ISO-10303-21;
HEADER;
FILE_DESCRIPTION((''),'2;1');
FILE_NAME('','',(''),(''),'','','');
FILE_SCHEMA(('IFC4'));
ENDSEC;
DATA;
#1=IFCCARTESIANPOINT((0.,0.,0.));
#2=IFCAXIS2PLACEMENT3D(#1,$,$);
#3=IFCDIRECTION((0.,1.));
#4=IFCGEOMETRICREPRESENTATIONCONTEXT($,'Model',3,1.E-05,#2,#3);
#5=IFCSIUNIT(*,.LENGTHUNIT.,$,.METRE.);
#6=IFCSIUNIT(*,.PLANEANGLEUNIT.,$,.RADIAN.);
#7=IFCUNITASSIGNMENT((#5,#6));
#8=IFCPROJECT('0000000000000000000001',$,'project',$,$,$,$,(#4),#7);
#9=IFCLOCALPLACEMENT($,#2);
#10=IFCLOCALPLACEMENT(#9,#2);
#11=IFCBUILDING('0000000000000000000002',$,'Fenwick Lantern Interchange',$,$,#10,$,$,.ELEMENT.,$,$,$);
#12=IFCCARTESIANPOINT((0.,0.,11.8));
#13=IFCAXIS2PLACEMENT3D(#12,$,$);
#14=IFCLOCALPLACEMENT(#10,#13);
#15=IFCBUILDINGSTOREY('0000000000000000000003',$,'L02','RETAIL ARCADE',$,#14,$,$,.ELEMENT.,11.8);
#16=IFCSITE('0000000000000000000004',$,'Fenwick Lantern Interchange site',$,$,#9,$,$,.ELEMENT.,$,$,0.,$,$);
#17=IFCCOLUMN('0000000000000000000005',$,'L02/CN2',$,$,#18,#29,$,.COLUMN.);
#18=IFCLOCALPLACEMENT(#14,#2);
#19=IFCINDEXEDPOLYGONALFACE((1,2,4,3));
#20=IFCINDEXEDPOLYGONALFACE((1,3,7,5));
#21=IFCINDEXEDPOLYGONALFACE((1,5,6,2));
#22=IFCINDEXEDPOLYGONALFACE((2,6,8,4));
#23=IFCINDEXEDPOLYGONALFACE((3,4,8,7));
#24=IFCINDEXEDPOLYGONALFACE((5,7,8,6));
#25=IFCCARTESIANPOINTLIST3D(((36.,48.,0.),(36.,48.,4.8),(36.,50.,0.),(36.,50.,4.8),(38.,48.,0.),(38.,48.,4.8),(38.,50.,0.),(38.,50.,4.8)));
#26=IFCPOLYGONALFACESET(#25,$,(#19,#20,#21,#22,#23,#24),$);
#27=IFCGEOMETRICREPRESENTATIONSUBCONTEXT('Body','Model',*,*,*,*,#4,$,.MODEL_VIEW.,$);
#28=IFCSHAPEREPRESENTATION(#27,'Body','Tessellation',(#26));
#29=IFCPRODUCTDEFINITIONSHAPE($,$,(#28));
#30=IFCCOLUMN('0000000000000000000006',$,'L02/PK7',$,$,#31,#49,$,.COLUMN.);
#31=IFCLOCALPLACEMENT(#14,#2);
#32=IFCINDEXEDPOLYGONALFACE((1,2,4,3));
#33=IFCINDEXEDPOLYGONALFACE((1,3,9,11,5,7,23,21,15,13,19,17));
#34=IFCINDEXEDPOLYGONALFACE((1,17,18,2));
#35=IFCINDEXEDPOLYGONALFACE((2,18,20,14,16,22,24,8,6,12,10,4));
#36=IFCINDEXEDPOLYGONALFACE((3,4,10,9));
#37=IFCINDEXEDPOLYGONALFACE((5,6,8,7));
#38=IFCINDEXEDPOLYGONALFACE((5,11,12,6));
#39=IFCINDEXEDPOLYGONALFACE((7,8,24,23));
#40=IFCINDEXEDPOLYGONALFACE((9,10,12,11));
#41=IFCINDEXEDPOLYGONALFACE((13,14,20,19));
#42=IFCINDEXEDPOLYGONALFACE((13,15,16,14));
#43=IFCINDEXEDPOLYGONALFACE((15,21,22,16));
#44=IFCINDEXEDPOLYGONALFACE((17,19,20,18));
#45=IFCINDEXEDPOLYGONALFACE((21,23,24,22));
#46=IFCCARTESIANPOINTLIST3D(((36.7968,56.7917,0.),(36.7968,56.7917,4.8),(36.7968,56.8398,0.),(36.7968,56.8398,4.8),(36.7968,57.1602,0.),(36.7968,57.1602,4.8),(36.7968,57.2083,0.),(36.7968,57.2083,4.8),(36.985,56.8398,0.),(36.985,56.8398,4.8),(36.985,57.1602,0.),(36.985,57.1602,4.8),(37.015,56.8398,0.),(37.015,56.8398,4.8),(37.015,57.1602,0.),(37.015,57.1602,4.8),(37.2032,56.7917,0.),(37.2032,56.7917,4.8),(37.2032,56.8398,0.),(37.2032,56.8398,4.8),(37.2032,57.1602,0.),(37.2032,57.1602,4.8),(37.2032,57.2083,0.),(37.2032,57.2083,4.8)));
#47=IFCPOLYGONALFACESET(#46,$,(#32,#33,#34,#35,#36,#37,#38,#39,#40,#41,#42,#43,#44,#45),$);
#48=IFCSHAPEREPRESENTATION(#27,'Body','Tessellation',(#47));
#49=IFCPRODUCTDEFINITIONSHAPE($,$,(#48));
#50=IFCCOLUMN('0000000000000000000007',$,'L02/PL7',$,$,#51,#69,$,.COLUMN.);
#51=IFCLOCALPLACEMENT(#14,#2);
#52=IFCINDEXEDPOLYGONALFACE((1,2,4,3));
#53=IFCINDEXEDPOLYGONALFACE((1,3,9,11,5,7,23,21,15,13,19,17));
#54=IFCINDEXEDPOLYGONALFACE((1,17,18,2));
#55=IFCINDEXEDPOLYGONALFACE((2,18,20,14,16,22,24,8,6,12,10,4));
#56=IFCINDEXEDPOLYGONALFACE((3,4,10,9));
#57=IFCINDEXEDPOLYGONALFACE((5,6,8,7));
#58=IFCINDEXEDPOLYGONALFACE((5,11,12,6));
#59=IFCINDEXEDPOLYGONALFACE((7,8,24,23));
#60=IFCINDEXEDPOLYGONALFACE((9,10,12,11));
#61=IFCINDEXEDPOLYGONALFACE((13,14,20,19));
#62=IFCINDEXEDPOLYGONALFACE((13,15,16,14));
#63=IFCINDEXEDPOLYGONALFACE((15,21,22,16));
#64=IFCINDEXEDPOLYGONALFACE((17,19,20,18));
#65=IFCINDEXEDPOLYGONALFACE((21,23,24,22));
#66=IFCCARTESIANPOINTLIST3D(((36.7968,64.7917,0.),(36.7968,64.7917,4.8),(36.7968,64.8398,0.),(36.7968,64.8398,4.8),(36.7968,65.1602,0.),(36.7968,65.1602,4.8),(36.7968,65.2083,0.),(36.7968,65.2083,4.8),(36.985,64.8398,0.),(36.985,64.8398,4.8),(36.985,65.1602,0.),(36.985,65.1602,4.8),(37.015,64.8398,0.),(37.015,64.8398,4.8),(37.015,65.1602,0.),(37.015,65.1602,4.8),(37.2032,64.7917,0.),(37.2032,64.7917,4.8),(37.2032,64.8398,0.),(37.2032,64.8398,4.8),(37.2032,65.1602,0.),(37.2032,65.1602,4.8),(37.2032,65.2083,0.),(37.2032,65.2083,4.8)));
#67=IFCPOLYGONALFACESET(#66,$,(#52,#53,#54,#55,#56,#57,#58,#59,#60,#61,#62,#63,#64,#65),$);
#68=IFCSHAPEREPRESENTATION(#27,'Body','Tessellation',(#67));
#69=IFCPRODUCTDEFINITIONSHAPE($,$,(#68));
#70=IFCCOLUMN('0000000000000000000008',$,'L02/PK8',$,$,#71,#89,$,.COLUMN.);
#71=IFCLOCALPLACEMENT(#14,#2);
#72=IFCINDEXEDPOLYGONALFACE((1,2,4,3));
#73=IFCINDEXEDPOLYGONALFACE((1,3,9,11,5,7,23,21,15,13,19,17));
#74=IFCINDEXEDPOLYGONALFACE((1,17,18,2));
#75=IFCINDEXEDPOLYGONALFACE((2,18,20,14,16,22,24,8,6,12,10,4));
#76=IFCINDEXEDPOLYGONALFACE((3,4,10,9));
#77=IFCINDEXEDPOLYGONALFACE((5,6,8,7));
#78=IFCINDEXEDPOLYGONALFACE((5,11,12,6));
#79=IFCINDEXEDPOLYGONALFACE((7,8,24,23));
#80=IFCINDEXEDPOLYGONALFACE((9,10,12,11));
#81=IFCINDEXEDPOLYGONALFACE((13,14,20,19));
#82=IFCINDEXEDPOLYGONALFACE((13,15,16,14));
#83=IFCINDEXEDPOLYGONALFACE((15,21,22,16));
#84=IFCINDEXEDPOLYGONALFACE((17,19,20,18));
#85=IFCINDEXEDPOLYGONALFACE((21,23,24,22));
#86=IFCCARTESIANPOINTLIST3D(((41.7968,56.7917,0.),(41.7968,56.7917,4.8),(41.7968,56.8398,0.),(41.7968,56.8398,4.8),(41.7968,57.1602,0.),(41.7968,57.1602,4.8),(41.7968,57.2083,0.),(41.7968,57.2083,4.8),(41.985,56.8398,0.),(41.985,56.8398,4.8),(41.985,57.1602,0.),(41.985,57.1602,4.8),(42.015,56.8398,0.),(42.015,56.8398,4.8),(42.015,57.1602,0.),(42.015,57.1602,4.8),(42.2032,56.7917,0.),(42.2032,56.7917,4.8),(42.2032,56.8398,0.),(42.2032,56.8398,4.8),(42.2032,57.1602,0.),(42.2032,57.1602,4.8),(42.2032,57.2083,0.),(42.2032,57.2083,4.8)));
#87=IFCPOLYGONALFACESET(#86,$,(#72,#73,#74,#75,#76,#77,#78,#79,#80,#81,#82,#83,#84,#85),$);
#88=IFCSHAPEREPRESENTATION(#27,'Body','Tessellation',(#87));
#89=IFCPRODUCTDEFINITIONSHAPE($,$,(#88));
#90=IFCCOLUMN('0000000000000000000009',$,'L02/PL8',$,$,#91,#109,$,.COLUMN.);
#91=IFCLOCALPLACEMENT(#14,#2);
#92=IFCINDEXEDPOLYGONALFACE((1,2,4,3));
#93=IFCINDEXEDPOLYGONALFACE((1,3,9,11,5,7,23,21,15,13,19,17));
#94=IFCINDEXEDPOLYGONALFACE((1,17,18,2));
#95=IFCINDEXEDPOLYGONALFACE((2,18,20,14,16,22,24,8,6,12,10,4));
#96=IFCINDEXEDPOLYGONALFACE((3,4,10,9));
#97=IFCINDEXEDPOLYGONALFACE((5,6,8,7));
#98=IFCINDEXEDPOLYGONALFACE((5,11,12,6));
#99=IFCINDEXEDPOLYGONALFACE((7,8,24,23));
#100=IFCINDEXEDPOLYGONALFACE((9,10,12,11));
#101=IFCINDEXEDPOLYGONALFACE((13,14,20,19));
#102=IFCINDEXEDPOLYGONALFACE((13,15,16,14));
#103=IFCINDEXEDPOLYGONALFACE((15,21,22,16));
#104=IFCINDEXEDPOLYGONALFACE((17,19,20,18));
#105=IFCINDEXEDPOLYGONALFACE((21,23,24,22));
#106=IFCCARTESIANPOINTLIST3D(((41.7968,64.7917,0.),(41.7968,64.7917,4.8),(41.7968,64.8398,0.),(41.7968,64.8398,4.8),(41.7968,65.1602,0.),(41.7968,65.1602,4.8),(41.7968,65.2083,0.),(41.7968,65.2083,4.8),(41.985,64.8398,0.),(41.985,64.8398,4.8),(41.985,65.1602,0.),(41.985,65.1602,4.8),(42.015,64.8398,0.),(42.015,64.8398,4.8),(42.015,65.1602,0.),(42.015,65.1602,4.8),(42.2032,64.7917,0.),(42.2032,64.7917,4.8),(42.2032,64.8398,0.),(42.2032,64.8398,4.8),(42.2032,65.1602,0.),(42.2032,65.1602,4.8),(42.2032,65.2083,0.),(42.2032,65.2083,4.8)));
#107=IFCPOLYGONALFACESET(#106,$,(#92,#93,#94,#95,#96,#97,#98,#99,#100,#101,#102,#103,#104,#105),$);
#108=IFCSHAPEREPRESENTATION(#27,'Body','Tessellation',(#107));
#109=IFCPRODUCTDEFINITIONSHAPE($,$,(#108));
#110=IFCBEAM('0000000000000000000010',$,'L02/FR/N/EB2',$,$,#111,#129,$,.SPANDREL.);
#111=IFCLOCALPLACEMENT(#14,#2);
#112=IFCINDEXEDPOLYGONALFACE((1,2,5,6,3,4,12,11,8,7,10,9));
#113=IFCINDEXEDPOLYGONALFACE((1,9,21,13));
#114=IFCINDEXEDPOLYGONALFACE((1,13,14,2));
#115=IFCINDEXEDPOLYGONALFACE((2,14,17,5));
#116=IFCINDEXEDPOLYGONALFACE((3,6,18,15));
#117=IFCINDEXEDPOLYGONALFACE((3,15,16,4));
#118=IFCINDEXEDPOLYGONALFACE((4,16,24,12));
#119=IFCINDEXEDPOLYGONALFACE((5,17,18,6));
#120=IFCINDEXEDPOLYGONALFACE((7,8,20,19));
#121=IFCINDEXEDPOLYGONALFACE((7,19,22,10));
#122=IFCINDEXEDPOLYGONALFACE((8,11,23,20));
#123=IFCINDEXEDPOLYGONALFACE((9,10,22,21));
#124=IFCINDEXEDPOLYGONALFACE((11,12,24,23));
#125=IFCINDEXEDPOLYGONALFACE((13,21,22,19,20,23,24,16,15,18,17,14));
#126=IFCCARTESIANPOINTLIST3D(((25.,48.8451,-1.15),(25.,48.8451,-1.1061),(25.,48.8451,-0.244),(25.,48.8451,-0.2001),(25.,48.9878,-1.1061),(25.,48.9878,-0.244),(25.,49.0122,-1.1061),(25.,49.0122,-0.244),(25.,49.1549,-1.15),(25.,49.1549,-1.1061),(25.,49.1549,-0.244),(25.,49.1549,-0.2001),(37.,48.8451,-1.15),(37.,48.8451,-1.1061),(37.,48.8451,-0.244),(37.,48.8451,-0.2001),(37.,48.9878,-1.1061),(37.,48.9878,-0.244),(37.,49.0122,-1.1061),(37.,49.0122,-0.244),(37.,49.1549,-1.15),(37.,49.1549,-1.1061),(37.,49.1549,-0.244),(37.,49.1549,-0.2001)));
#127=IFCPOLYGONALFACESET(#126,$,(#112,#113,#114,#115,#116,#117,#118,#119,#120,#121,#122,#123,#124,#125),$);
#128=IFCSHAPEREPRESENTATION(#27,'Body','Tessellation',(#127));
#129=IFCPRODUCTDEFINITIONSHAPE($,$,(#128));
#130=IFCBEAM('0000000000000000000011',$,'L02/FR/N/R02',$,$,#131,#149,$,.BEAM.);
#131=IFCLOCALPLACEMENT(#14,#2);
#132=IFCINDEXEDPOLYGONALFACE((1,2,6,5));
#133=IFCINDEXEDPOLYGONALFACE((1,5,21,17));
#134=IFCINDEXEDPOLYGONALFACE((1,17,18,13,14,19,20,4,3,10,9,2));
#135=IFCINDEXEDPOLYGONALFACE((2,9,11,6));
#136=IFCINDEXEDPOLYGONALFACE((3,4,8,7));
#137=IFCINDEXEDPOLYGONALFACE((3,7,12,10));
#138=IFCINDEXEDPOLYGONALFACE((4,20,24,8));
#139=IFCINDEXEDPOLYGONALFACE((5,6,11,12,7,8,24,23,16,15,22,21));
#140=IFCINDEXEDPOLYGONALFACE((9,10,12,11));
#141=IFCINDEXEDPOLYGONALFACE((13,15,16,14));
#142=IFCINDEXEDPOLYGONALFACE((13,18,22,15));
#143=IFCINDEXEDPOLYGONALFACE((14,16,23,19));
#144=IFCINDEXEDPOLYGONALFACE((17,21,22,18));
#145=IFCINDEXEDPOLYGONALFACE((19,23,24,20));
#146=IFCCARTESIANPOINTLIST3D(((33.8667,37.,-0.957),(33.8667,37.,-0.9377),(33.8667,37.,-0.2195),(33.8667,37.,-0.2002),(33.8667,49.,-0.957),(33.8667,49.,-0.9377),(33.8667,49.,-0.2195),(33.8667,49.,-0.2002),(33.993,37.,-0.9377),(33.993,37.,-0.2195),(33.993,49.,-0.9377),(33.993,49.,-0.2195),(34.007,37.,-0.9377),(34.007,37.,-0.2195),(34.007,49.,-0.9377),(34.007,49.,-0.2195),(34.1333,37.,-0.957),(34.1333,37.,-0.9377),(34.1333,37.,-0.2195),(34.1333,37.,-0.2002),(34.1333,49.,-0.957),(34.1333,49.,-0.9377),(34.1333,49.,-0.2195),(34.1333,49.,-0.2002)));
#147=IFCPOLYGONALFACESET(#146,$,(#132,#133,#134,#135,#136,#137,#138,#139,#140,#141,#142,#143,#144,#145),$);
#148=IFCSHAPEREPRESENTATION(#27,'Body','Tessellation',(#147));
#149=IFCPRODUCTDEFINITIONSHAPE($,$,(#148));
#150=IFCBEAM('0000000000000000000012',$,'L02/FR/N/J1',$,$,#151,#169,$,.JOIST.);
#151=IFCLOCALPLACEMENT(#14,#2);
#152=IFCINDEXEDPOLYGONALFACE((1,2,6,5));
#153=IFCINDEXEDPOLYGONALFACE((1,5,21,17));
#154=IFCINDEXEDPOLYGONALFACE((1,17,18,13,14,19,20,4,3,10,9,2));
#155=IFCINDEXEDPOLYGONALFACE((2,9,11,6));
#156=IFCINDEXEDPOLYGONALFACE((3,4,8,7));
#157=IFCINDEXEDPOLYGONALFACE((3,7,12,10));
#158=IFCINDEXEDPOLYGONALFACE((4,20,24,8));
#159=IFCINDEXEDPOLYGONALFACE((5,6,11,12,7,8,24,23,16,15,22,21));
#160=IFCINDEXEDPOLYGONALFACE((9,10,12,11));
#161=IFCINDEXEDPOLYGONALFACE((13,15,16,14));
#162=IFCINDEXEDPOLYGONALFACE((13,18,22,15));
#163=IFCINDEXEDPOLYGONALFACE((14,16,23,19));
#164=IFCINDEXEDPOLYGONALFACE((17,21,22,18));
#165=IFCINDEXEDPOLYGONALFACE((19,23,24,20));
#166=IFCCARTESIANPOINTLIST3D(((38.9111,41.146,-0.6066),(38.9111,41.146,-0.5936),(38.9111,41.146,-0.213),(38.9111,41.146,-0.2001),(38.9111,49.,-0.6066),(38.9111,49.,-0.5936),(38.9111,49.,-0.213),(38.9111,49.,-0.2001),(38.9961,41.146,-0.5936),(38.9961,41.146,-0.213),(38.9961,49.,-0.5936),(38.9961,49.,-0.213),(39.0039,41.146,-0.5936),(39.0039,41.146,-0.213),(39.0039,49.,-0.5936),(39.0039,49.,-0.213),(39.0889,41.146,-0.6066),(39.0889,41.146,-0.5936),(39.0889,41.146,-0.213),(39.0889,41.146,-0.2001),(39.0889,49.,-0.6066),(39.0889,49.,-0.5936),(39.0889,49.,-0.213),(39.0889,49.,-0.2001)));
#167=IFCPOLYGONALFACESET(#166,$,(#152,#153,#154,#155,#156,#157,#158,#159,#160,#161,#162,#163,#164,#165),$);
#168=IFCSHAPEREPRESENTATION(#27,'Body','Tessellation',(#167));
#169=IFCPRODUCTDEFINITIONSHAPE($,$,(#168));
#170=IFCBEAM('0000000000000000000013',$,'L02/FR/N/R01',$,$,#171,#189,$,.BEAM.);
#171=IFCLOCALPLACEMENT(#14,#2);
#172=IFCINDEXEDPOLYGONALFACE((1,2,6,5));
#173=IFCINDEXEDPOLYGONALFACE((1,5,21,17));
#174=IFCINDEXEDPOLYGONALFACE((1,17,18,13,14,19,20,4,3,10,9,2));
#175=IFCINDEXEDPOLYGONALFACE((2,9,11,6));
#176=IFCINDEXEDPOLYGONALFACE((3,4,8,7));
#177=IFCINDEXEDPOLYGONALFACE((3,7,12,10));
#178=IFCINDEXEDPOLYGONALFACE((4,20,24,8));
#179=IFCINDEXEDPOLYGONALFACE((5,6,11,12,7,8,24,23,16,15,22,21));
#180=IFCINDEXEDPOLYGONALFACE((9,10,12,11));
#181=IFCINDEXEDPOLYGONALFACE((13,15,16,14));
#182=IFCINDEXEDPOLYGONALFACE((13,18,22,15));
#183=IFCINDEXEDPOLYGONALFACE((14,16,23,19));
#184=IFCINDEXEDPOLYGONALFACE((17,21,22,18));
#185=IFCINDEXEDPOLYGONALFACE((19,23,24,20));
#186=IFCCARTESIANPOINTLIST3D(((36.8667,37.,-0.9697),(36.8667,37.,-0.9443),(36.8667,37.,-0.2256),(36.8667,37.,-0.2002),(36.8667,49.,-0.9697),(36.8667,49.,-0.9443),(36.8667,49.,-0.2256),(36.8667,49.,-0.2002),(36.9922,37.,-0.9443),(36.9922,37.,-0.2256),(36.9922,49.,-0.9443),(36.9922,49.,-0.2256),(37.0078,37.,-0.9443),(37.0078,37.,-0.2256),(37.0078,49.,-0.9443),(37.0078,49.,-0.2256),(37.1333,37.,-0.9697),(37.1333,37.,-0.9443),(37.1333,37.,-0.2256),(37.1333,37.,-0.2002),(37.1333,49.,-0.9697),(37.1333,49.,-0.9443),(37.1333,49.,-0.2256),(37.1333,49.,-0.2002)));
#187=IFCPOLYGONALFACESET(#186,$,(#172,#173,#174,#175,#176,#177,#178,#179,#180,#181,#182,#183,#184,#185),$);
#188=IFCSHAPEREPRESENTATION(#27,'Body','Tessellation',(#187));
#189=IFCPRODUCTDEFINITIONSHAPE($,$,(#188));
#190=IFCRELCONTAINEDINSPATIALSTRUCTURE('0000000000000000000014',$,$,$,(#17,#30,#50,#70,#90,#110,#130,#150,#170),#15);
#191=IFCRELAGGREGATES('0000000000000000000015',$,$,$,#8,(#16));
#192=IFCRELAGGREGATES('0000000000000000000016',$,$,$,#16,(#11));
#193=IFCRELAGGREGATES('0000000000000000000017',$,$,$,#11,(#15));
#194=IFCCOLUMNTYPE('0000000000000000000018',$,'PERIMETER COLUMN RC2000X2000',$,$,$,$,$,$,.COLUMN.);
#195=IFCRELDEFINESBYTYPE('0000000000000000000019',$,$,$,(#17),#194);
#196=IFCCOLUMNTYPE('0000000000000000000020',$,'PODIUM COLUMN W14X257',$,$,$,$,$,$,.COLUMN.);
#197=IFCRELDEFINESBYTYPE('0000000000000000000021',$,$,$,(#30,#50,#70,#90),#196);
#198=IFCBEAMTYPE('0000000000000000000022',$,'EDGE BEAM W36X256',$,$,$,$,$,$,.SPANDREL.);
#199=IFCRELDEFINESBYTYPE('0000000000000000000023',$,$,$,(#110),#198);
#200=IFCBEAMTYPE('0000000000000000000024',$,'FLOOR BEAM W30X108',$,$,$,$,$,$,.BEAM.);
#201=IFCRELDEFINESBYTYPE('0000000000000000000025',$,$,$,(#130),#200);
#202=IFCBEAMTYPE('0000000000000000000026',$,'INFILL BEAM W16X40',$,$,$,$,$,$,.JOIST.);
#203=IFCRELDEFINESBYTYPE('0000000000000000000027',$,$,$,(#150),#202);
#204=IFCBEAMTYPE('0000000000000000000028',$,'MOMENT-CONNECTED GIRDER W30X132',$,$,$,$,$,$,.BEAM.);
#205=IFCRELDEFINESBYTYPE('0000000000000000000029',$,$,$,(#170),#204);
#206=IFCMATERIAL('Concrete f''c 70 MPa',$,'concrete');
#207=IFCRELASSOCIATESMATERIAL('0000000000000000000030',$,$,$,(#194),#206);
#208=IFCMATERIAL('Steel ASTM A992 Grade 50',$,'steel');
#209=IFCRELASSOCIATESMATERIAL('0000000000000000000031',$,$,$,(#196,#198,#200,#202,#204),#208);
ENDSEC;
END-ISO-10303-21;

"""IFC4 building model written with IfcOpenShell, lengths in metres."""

from ifc_helpers import new_model, si_unit, direction, frame, origin, origin_2d, place, context, subcontext, project, spatial, rectangle, i_section, extrude, material, material_profile, profile_set, type_object, element, save


model = new_model("IFC4")

# Units and contexts
model_context = context("Model", 3, precision=1e-05, world=origin(), true_north=direction((0.0, 1.0)))
body_context = subcontext(model_context, "Body", "Model", "MODEL_VIEW")
ifc_project = project(units=[si_unit("LENGTHUNIT", "METRE"), si_unit("PLANEANGLEUNIT", "RADIAN")], contexts=[model_context])

# Site, building, storey
site_placement = place(None, origin())
site = spatial("IfcSite", under=ifc_project, at=site_placement, Name="Fenwick Lantern Interchange site", CompositionType="ELEMENT", RefElevation=0.0)
building_placement = place(site_placement, origin())
building = spatial("IfcBuilding", under=site, at=building_placement, Name="Fenwick Lantern Interchange", CompositionType="ELEMENT")
storey_placement = place(building_placement, frame((0.0, 0.0, 11.8)))
storey = spatial("IfcBuildingStorey", under=building, at=storey_placement, Name="L02", Description="RETAIL ARCADE", CompositionType="ELEMENT", Elevation=11.8)

# Columns
ifc_material_1 = material(Name="Concrete f'c 70 MPa", Category="concrete")
ifc_material_profile_1 = material_profile(ifc_material_1, rectangle(XDim=2.0, YDim=2.0, at=origin_2d()), Name="RC2000X2000")
ifc_profile_set_1 = profile_set([ifc_material_profile_1], Name="Concrete f'c 70 MPa")
column_type_1 = type_object("IfcColumnType", Name="PERIMETER COLUMN RC2000X2000", PredefinedType="COLUMN", material=ifc_profile_set_1)
column_placement = place(storey_placement, frame((37.0, 49.0, 0.0), z_axis=(0.0, 0.0, 1.0), x_axis=(1.0, 0.0, 0.0)))
element("IfcColumn", 1, at=column_placement, inside=storey, type_object=column_type_1, Name="L02/CN2", PredefinedType="COLUMN", context=body_context, shape_type="SweptSolid", body=[
    extrude(rectangle(XDim=2.0, YDim=2.0, at=origin_2d()), origin(), (0.0, 0.0, 1.0), 4.8),
])
ifc_material_2 = material(Name="Steel ASTM A992 Grade 50", Category="steel")
ifc_material_profile_2 = material_profile(ifc_material_2, i_section(OverallWidth=0.4065, OverallDepth=0.4165, WebThickness=0.03, FlangeThickness=0.0481, at=origin_2d()), Name="W14X257")
ifc_profile_set_2 = profile_set([ifc_material_profile_2], Name="Steel ASTM A992 Grade 50")
column_type_2 = type_object("IfcColumnType", Name="PODIUM COLUMN W14X257", PredefinedType="COLUMN", material=ifc_profile_set_2)
for number, where, z_axis, x_axis, name in (
    (2, (37.0, 57.0, 0.0), (0.0, 0.0, 1.0), (1.0, 0.0, 0.0), "L02/PK7"),
    (3, (37.0, 65.0, 0.0), (0.0, 0.0, 1.0), (1.0, 0.0, 0.0), "L02/PL7"),
    (4, (42.0, 57.0, 0.0), (0.0, 0.0, 1.0), (1.0, 0.0, 0.0), "L02/PK8"),
    (5, (42.0, 65.0, 0.0), (0.0, 0.0, 1.0), (1.0, 0.0, 0.0), "L02/PL8"),
):
    element("IfcColumn", number, at=place(storey_placement, frame(where, z_axis=z_axis, x_axis=x_axis)), inside=storey, type_object=column_type_2, Name=name, PredefinedType="COLUMN", context=body_context, shape_type="SweptSolid", body=[
        extrude(i_section(OverallWidth=0.4065, OverallDepth=0.4165, WebThickness=0.03, FlangeThickness=0.0481, at=origin_2d()), origin(), (0.0, 0.0, 1.0), 4.8),
    ])

# Beams
ifc_material_profile_3 = material_profile(ifc_material_2, i_section(OverallWidth=0.3098, OverallDepth=0.95, WebThickness=0.0244, FlangeThickness=0.0439, at=origin_2d()), Name="W36X256")
ifc_profile_set_3 = profile_set([ifc_material_profile_3], Name="Steel ASTM A992 Grade 50")
beam_type_1 = type_object("IfcBeamType", Name="EDGE BEAM W36X256", PredefinedType="SPANDREL", material=ifc_profile_set_3)
beam_1_placement = place(storey_placement, frame((37.0, 49.0, -0.675), z_axis=(-1.0, 0.0, 0.0), x_axis=(0.0, -1.0, 0.0)))
element("IfcBeam", 6, at=beam_1_placement, inside=storey, type_object=beam_type_1, Name="L02/FR/N/EB2", PredefinedType="SPANDREL", context=body_context, shape_type="SweptSolid", body=[
    extrude(i_section(OverallWidth=0.3098, OverallDepth=0.95, WebThickness=0.0244, FlangeThickness=0.0439, at=origin_2d()), origin(), (0.0, 0.0, 1.0), 12.0),
])
ifc_material_profile_4 = material_profile(ifc_material_2, i_section(OverallWidth=0.2666, OverallDepth=0.7568, WebThickness=0.0139, FlangeThickness=0.0193, at=origin_2d()), Name="W30X108")
ifc_profile_set_4 = profile_set([ifc_material_profile_4], Name="Steel ASTM A992 Grade 50")
beam_type_2 = type_object("IfcBeamType", Name="FLOOR BEAM W30X108", PredefinedType="BEAM", material=ifc_profile_set_4)
beam_2_placement = place(storey_placement, frame((34.0, 49.0, -0.5786), z_axis=(0.0, -1.0, 0.0), x_axis=(1.0, 0.0, 0.0)))
element("IfcBeam", 7, at=beam_2_placement, inside=storey, type_object=beam_type_2, Name="L02/FR/N/R02", PredefinedType="BEAM", context=body_context, shape_type="SweptSolid", body=[
    extrude(i_section(OverallWidth=0.2666, OverallDepth=0.7568, WebThickness=0.0139, FlangeThickness=0.0193, at=origin_2d()), origin(), (0.0, 0.0, 1.0), 12.0),
])
ifc_material_profile_5 = material_profile(ifc_material_2, i_section(OverallWidth=0.1777, OverallDepth=0.4065, WebThickness=0.0078, FlangeThickness=0.0129, at=origin_2d()), Name="W16X40")
ifc_profile_set_5 = profile_set([ifc_material_profile_5], Name="Steel ASTM A992 Grade 50")
beam_type_3 = type_object("IfcBeamType", Name="INFILL BEAM W16X40", PredefinedType="JOIST", material=ifc_profile_set_5)
beam_3_placement = place(storey_placement, frame((39.0, 49.0, -0.4033), z_axis=(0.0, -1.0, 0.0), x_axis=(1.0, 0.0, 0.0)))
element("IfcBeam", 8, at=beam_3_placement, inside=storey, type_object=beam_type_3, Name="L02/FR/N/J1", PredefinedType="JOIST", context=body_context, shape_type="SweptSolid", body=[
    extrude(i_section(OverallWidth=0.1777, OverallDepth=0.4065, WebThickness=0.0078, FlangeThickness=0.0129, at=origin_2d()), origin(), (0.0, 0.0, 1.0), 7.854),
])
ifc_material_profile_6 = material_profile(ifc_material_2, i_section(OverallWidth=0.2666, OverallDepth=0.7695, WebThickness=0.0156, FlangeThickness=0.0254, at=origin_2d()), Name="W30X132")
ifc_profile_set_6 = profile_set([ifc_material_profile_6], Name="Steel ASTM A992 Grade 50")
beam_type_4 = type_object("IfcBeamType", Name="MOMENT-CONNECTED GIRDER W30X132", PredefinedType="BEAM", material=ifc_profile_set_6)
beam_4_placement = place(storey_placement, frame((37.0, 49.0, -0.585), z_axis=(0.0, -1.0, 0.0), x_axis=(1.0, 0.0, 0.0)))
element("IfcBeam", 9, at=beam_4_placement, inside=storey, type_object=beam_type_4, Name="L02/FR/N/R01", PredefinedType="BEAM", context=body_context, shape_type="SweptSolid", body=[
    extrude(i_section(OverallWidth=0.2666, OverallDepth=0.7695, WebThickness=0.0156, FlangeThickness=0.0254, at=origin_2d()), origin(), (0.0, 0.0, 1.0), 12.0),
])

save(model, "model.ifc")
